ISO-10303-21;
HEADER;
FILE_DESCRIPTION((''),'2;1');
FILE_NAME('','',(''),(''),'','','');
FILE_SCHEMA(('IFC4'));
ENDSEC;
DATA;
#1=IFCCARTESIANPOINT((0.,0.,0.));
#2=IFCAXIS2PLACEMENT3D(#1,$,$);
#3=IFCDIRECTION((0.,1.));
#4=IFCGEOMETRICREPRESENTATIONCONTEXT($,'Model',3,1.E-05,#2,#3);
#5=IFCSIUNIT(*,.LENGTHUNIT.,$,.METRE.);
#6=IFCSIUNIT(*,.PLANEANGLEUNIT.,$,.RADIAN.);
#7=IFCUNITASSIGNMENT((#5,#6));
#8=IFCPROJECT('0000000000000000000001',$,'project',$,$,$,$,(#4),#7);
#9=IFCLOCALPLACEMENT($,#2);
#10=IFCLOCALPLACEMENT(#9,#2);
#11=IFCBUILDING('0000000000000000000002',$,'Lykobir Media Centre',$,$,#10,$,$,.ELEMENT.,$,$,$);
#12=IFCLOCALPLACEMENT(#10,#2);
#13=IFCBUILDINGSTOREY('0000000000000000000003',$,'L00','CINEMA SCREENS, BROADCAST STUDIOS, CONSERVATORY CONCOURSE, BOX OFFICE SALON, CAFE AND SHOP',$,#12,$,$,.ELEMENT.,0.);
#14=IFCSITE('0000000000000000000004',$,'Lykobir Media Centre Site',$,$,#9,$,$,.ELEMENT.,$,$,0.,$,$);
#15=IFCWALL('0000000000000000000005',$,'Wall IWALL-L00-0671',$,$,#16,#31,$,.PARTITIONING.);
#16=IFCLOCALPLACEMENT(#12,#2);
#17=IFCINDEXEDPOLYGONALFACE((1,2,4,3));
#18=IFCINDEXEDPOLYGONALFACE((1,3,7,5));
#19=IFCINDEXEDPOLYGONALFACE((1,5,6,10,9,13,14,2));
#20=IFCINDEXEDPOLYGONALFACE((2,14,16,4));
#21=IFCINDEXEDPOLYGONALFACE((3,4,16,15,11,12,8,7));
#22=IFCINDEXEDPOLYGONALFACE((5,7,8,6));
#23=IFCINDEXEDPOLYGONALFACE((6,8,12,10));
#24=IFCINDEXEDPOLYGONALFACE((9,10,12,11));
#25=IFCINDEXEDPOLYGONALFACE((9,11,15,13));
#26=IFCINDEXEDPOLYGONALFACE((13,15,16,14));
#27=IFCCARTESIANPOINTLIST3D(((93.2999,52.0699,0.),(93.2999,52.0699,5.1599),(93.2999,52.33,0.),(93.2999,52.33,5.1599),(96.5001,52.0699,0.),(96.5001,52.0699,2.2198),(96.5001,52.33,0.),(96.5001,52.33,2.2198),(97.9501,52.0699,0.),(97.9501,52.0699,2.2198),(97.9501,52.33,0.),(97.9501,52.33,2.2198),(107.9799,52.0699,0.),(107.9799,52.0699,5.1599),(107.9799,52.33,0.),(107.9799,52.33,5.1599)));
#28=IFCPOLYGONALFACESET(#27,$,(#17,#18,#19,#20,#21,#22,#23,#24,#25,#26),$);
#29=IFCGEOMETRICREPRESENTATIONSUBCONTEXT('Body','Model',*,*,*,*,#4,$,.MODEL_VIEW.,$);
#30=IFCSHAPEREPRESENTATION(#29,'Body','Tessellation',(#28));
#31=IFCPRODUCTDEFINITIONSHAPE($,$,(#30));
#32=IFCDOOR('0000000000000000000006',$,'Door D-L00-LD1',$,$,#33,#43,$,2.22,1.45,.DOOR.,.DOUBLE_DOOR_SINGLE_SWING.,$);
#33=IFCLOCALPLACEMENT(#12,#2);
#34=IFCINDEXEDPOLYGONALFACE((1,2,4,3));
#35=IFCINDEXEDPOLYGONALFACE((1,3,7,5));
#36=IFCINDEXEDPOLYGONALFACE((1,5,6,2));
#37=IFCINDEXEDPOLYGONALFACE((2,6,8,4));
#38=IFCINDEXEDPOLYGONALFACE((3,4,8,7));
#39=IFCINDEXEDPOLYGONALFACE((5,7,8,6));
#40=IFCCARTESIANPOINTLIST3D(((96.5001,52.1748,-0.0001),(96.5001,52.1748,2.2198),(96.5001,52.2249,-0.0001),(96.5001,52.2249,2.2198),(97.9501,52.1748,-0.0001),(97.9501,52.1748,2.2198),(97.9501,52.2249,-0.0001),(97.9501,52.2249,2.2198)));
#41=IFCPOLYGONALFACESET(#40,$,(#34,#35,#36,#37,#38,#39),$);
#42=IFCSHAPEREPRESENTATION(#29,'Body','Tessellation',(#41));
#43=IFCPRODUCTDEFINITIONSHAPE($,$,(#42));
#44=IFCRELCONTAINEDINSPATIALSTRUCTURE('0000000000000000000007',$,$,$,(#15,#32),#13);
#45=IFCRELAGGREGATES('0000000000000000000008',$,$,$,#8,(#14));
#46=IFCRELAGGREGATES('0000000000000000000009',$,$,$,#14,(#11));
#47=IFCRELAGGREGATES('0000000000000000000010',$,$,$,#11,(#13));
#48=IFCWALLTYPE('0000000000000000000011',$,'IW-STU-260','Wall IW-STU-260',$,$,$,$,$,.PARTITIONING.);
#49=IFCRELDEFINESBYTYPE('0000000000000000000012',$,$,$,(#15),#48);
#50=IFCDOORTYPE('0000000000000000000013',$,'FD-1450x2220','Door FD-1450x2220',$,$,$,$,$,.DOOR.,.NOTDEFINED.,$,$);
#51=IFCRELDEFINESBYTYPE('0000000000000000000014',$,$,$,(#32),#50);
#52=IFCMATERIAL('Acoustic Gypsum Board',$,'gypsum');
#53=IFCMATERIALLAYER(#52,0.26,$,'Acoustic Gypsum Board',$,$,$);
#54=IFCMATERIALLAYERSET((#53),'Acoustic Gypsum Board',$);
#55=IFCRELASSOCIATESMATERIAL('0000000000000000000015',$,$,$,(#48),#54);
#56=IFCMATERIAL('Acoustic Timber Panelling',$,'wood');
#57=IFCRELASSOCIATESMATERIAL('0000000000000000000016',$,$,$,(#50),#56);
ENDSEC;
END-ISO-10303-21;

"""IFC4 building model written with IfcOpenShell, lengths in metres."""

from ifc_helpers import new_model, si_unit, direction, frame, frame_2d, origin, place, context, subcontext, project, spatial, rectangle, extrude, material, layer, layer_set, type_object, element, fill, save


model = new_model("IFC4")

# Units and contexts
model_context = context("Model", 3, precision=1e-05, world=origin(), true_north=direction((0.0, 1.0)))
body_context = subcontext(model_context, "Body", "Model", "MODEL_VIEW")
ifc_project = project(units=[si_unit("LENGTHUNIT", "METRE"), si_unit("PLANEANGLEUNIT", "RADIAN")], contexts=[model_context])

# Site, building, storey
site_placement = place(None, origin())
site = spatial("IfcSite", under=ifc_project, at=site_placement, Name="Lykobir Media Centre Site", CompositionType="ELEMENT", RefElevation=0.0)
building_placement = place(site_placement, origin())
building = spatial("IfcBuilding", under=site, at=building_placement, Name="Lykobir Media Centre", CompositionType="ELEMENT")
storey_placement = place(building_placement, origin())
storey = spatial("IfcBuildingStorey", under=building, at=storey_placement, Name="L00", Description="CINEMA SCREENS, BROADCAST STUDIOS, CONSERVATORY CONCOURSE, BOX OFFICE SALON, CAFE AND SHOP", CompositionType="ELEMENT", Elevation=0.0)

# Wall, opening, door
ifc_material_1 = material(Name="Acoustic Gypsum Board", Category="gypsum")
ifc_layer_1 = layer(ifc_material_1, 0.26, Name="Acoustic Gypsum Board")
ifc_layer_set_1 = layer_set([ifc_layer_1], Name="Acoustic Gypsum Board")
wall_type_1 = type_object("IfcWallType", Name="IW-STU-260", Description="Wall IW-STU-260", PredefinedType="PARTITIONING", material=ifc_layer_set_1)
wall_1_placement = place(storey_placement, frame((93.3, 52.2, 0.0), z_axis=(0.0, 0.0, 1.0), x_axis=(1.0, 0.0, 0.0)))
wall_1 = element("IfcWall", 1, at=wall_1_placement, inside=storey, type_object=wall_type_1, Name="Wall IWALL-L00-0671", PredefinedType="PARTITIONING", context=body_context, shape_type="SweptSolid", body=[
    extrude(rectangle(XDim=14.6799, YDim=0.26, at=frame_2d((7.3398, 0.0))), origin(), (0.0, 0.0, 1.0), 5.1599),
])
opening_1_placement = place(wall_1_placement, frame((3.2, 0.0, 0.0)))
opening_1 = element("IfcOpeningElement", 2, at=opening_1_placement, cuts=wall_1, PredefinedType="OPENING", context=body_context, shape_type="SweptSolid", body=[
    extrude(rectangle(XDim=1.45, YDim=2.22, at=frame_2d((0.7251, 1.1099))), frame((0.0, 0.1399, 0.0), z_axis=(0.0, -1.0, 0.0), x_axis=(1.0, 0.0, 0.0)), (0.0, 0.0, 1.0), 0.28),
])
ifc_material_2 = material(Name="Acoustic Timber Panelling", Category="wood")
door_type = type_object("IfcDoorType", Name="FD-1450x2220", Description="Door FD-1450x2220", OperationType="NOTDEFINED", PredefinedType="DOOR", material=ifc_material_2)
door_placement = place(opening_1_placement, origin())
door = element("IfcDoor", 3, at=door_placement, inside=storey, type_object=door_type, Name="Door D-L00-LD1", OperationType="DOUBLE_DOOR_SINGLE_SWING", OverallHeight=2.22, OverallWidth=1.45, PredefinedType="DOOR", context=body_context, shape_type="SweptSolid", body=[
    extrude(rectangle(XDim=1.45, YDim=2.22, at=frame_2d((0.7251, 1.1099))), frame((0.0, 0.0249, 0.0), z_axis=(0.0, -1.0, 0.0), x_axis=(1.0, 0.0, 0.0)), (0.0, 0.0, 1.0), 0.05),
])
fill(opening_1, door)

save(model, "model.ifc")
